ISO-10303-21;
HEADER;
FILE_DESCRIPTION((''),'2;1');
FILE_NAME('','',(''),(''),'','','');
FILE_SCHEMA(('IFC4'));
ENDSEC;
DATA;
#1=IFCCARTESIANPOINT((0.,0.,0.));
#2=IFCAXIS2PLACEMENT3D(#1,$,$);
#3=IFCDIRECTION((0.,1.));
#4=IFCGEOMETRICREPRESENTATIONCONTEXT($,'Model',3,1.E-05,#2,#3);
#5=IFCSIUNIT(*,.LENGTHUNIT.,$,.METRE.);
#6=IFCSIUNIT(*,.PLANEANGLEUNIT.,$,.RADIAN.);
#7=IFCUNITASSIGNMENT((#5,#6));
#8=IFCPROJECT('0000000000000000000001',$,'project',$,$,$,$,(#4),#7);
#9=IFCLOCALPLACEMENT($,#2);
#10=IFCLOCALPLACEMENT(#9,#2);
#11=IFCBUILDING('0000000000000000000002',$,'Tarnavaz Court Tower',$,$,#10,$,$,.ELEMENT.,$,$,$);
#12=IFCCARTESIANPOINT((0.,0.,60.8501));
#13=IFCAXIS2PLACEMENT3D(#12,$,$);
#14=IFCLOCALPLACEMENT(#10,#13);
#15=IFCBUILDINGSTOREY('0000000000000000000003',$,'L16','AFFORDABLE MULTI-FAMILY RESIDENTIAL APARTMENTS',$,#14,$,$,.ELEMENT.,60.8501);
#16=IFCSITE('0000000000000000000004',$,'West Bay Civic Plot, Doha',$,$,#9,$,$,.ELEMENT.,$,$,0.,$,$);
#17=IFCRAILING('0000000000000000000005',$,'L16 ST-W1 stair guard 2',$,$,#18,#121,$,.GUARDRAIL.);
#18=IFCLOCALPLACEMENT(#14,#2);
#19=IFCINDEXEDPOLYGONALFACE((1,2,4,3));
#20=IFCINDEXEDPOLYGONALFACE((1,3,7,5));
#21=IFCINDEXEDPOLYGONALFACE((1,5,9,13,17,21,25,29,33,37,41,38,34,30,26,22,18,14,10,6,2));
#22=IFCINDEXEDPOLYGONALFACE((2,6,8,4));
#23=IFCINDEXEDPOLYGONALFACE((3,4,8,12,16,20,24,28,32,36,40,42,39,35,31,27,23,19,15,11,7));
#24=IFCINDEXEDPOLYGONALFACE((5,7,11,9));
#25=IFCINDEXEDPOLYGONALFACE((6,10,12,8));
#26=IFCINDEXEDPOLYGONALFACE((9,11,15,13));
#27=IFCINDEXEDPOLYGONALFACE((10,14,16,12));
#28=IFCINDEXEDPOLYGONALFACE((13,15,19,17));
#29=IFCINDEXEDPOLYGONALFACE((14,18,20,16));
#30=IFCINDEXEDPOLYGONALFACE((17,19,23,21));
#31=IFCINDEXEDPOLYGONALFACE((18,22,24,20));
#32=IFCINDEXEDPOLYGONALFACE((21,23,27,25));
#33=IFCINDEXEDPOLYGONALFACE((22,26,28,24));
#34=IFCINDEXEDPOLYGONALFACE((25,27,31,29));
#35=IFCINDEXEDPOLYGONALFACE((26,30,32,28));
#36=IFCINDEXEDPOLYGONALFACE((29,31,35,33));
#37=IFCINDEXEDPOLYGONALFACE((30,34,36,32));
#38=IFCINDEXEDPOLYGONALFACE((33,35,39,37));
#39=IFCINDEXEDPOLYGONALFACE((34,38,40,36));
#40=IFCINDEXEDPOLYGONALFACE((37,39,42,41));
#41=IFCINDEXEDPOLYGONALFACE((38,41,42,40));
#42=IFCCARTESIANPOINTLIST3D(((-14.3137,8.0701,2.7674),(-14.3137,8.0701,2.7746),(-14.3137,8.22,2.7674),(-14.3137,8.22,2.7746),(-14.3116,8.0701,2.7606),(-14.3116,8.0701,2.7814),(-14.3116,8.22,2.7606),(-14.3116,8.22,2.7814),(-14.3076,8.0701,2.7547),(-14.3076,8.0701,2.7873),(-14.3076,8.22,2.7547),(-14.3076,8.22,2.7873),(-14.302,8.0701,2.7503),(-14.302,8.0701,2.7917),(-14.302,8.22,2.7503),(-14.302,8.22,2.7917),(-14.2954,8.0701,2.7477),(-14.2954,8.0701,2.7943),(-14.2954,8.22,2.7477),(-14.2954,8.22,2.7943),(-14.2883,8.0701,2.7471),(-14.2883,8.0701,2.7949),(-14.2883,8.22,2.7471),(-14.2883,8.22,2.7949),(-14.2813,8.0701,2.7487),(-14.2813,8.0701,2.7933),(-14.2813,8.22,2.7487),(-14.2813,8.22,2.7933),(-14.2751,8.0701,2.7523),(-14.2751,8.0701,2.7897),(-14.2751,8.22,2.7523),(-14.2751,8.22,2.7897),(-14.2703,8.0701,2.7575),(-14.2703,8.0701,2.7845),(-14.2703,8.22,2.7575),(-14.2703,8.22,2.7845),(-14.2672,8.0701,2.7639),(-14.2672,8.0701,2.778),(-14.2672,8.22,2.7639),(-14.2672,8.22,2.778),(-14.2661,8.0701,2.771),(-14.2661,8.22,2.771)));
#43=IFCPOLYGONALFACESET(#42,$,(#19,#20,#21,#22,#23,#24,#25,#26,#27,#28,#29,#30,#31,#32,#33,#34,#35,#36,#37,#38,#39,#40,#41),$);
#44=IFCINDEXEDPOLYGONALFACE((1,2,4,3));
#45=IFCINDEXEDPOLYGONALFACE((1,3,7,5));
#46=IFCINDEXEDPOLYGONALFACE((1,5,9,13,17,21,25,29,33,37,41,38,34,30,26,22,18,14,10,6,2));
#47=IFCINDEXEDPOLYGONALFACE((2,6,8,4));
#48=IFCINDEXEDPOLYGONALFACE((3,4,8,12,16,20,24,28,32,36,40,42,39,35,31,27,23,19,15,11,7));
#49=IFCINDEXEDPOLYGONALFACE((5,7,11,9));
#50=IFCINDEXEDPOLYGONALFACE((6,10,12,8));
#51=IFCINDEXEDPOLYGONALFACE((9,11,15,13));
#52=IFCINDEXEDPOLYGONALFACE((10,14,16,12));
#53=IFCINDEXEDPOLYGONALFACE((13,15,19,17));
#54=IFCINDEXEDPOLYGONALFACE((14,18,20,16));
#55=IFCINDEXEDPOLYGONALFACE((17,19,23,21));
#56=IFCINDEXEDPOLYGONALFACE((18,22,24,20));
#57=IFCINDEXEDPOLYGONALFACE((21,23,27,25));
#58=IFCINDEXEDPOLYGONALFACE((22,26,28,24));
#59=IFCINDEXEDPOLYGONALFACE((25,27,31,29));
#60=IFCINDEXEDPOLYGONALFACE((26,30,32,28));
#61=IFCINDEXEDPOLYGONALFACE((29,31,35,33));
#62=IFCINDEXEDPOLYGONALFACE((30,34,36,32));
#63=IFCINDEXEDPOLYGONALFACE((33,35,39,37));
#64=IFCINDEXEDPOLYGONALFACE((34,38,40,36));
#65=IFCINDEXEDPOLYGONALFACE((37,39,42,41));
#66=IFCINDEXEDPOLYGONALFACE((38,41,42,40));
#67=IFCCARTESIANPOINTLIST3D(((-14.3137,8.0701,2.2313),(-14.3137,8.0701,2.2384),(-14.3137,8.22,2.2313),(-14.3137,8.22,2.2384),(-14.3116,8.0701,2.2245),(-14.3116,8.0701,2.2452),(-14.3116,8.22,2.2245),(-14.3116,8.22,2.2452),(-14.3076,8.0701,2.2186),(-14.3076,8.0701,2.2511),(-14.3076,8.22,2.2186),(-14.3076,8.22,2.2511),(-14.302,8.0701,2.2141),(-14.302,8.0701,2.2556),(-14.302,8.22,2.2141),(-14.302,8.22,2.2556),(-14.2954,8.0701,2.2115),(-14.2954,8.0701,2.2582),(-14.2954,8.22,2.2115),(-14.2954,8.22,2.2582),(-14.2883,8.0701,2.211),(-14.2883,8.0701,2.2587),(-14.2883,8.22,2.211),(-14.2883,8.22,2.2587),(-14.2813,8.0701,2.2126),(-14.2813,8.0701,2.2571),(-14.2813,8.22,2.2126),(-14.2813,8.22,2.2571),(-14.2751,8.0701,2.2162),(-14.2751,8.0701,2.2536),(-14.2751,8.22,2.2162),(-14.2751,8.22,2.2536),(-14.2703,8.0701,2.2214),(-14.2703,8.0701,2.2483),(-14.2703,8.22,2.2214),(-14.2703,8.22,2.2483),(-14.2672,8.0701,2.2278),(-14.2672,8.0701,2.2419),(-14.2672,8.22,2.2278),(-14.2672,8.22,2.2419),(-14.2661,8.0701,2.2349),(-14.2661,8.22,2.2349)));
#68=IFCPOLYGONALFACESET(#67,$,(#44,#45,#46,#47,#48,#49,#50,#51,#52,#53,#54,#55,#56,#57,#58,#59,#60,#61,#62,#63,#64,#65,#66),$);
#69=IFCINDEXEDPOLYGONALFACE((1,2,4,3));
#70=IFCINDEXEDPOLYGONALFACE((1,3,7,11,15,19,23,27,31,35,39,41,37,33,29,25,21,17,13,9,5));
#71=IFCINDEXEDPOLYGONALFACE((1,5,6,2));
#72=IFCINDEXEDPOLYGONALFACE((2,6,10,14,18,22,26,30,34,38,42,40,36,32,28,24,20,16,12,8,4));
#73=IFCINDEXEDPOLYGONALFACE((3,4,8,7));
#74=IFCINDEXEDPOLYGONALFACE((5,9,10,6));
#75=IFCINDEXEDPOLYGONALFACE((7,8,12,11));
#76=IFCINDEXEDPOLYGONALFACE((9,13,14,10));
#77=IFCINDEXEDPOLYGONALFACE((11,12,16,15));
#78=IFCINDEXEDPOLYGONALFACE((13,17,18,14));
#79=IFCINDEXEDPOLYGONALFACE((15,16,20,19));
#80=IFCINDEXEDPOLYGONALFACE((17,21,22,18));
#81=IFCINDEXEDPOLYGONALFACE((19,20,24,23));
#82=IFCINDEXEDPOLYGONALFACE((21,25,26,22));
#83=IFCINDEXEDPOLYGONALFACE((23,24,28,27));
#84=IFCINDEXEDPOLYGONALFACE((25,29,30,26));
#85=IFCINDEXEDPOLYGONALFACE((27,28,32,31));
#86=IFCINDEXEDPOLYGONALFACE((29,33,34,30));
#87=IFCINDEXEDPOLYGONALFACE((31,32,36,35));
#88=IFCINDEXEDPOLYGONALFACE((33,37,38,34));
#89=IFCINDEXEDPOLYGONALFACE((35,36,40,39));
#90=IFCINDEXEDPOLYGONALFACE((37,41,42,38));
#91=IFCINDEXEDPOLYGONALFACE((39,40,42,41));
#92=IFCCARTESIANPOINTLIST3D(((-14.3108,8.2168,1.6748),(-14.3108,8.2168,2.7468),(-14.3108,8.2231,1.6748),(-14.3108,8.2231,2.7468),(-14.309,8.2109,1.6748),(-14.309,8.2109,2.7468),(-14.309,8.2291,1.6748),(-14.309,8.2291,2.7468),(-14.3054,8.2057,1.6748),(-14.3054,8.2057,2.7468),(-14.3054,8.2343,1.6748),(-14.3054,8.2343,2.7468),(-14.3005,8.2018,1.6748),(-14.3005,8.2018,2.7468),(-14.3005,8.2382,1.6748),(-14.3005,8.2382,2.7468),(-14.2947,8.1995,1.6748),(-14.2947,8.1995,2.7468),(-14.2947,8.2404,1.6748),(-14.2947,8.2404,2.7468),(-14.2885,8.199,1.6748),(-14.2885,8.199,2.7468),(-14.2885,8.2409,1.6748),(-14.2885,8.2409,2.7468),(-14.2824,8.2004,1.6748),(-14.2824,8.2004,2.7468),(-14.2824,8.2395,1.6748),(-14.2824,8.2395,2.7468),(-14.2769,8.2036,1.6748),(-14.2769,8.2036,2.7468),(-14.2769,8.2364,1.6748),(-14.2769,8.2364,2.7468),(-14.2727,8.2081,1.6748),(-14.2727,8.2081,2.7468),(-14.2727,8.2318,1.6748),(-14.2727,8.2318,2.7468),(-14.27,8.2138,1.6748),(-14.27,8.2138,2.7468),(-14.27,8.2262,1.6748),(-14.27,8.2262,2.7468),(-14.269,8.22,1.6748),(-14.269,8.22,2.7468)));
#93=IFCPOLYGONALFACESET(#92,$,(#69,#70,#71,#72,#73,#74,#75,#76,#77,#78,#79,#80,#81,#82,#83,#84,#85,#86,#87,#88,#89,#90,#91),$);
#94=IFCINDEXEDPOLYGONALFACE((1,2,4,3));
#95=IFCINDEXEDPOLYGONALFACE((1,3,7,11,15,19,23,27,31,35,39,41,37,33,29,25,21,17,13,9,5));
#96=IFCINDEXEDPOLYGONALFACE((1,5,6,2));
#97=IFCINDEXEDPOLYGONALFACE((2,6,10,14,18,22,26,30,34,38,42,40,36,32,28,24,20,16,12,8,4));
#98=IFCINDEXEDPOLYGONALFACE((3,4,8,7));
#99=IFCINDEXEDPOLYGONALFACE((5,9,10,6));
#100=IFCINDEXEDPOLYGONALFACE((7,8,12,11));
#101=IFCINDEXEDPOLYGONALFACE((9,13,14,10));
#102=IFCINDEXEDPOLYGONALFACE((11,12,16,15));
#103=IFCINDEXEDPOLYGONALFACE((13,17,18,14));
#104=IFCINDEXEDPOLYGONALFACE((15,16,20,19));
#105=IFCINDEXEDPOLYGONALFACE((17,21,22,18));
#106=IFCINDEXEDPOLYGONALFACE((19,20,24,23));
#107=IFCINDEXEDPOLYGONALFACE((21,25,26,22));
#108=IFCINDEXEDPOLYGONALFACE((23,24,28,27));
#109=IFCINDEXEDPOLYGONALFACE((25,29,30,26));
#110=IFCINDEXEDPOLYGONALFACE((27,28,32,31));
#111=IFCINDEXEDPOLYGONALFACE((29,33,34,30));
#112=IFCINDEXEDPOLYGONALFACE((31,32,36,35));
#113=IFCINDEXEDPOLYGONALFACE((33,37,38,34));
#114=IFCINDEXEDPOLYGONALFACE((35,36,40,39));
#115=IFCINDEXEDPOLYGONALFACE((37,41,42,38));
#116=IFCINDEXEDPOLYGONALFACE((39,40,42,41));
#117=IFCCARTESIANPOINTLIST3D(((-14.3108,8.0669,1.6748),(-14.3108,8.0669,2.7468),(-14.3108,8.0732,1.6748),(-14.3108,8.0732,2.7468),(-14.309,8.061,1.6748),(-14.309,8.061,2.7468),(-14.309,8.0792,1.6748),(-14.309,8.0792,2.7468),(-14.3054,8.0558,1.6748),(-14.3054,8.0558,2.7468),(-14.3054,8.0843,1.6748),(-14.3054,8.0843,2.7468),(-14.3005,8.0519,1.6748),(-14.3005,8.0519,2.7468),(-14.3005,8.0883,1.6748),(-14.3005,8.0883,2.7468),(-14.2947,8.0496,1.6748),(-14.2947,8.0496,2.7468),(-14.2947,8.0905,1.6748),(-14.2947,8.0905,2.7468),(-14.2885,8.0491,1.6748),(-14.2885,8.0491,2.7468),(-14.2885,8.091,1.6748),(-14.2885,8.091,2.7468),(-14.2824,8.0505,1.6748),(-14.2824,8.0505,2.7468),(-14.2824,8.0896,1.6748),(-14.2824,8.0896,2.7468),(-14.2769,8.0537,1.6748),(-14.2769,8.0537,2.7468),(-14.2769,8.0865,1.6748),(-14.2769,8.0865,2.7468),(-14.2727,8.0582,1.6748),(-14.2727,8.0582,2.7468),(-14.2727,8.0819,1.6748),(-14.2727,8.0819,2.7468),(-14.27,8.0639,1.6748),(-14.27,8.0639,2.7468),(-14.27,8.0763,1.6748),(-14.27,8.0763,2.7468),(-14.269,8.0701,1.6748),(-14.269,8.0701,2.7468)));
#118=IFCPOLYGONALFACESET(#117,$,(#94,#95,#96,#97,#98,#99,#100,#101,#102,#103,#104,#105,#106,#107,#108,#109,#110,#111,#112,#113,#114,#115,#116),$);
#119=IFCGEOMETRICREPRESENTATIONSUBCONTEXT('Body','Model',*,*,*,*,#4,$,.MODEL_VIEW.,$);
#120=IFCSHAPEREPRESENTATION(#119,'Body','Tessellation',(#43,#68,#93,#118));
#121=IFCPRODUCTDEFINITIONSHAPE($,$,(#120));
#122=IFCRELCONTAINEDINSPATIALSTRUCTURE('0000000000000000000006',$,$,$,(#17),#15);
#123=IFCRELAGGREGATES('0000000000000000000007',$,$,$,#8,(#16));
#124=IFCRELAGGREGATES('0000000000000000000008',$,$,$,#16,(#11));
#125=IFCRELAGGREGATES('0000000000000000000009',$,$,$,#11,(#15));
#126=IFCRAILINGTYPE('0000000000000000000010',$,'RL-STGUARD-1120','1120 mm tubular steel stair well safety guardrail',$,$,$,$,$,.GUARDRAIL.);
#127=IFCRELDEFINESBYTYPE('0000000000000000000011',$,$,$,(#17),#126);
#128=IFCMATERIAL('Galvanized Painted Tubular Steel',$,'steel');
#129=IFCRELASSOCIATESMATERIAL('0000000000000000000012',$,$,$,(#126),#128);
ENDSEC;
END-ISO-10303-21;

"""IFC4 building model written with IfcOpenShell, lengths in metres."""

from ifc_helpers import new_model, si_unit, direction, frame, origin, origin_2d, place, context, subcontext, project, spatial, circle, extrude, material, type_object, element, save


model = new_model("IFC4")

# Units and contexts
model_context = context("Model", 3, precision=1e-05, world=origin(), true_north=direction((0.0, 1.0)))
body_context = subcontext(model_context, "Body", "Model", "MODEL_VIEW")
ifc_project = project(units=[si_unit("LENGTHUNIT", "METRE"), si_unit("PLANEANGLEUNIT", "RADIAN")], contexts=[model_context])

# Site, building, storey
site_placement = place(None, origin())
site = spatial("IfcSite", under=ifc_project, at=site_placement, Name="West Bay Civic Plot, Doha", CompositionType="ELEMENT", RefElevation=0.0)
building_placement = place(site_placement, origin())
building = spatial("IfcBuilding", under=site, at=building_placement, Name="Tarnavaz Court Tower", CompositionType="ELEMENT")
storey_placement = place(building_placement, frame((0.0, 0.0, 60.8501)))
storey = spatial("IfcBuildingStorey", under=building, at=storey_placement, Name="L16", Description="AFFORDABLE MULTI-FAMILY RESIDENTIAL APARTMENTS", CompositionType="ELEMENT", Elevation=60.8501)

# Railing
ifc_material_1 = material(Name="Galvanized Painted Tubular Steel", Category="steel")
railing_type_1 = type_object("IfcRailingType", Name="RL-STGUARD-1120", Description="1120 mm tubular steel stair well safety guardrail", PredefinedType="GUARDRAIL", material=ifc_material_1)
railing_1_placement = place(storey_placement, frame((-14.29, 8.22, 1.6748)))
element("IfcRailing", 1, at=railing_1_placement, inside=storey, type_object=railing_type_1, Name="L16 ST-W1 stair guard 2", PredefinedType="GUARDRAIL", context=body_context, shape_type="SweptSolid", body=[
    extrude(circle(Radius=0.0239, at=origin_2d()), frame((0.0, 0.0, 1.0962), z_axis=(0.0, -1.0, 0.0), x_axis=(1.0, 0.0, 0.0)), (0.0, 0.0, 1.0), 0.1499),
    extrude(circle(Radius=0.0239, at=origin_2d()), frame((0.0, 0.0, 0.5601), z_axis=(0.0, -1.0, 0.0), x_axis=(1.0, 0.0, 0.0)), (0.0, 0.0, 1.0), 0.1499),
    extrude(circle(Radius=0.021, at=origin_2d()), origin(), (0.0, 0.0, 1.0), 1.072),
    extrude(circle(Radius=0.021, at=origin_2d()), frame((0.0, -0.1499, 0.0)), (0.0, 0.0, 1.0), 1.072),
])

save(model, "model.ifc")
